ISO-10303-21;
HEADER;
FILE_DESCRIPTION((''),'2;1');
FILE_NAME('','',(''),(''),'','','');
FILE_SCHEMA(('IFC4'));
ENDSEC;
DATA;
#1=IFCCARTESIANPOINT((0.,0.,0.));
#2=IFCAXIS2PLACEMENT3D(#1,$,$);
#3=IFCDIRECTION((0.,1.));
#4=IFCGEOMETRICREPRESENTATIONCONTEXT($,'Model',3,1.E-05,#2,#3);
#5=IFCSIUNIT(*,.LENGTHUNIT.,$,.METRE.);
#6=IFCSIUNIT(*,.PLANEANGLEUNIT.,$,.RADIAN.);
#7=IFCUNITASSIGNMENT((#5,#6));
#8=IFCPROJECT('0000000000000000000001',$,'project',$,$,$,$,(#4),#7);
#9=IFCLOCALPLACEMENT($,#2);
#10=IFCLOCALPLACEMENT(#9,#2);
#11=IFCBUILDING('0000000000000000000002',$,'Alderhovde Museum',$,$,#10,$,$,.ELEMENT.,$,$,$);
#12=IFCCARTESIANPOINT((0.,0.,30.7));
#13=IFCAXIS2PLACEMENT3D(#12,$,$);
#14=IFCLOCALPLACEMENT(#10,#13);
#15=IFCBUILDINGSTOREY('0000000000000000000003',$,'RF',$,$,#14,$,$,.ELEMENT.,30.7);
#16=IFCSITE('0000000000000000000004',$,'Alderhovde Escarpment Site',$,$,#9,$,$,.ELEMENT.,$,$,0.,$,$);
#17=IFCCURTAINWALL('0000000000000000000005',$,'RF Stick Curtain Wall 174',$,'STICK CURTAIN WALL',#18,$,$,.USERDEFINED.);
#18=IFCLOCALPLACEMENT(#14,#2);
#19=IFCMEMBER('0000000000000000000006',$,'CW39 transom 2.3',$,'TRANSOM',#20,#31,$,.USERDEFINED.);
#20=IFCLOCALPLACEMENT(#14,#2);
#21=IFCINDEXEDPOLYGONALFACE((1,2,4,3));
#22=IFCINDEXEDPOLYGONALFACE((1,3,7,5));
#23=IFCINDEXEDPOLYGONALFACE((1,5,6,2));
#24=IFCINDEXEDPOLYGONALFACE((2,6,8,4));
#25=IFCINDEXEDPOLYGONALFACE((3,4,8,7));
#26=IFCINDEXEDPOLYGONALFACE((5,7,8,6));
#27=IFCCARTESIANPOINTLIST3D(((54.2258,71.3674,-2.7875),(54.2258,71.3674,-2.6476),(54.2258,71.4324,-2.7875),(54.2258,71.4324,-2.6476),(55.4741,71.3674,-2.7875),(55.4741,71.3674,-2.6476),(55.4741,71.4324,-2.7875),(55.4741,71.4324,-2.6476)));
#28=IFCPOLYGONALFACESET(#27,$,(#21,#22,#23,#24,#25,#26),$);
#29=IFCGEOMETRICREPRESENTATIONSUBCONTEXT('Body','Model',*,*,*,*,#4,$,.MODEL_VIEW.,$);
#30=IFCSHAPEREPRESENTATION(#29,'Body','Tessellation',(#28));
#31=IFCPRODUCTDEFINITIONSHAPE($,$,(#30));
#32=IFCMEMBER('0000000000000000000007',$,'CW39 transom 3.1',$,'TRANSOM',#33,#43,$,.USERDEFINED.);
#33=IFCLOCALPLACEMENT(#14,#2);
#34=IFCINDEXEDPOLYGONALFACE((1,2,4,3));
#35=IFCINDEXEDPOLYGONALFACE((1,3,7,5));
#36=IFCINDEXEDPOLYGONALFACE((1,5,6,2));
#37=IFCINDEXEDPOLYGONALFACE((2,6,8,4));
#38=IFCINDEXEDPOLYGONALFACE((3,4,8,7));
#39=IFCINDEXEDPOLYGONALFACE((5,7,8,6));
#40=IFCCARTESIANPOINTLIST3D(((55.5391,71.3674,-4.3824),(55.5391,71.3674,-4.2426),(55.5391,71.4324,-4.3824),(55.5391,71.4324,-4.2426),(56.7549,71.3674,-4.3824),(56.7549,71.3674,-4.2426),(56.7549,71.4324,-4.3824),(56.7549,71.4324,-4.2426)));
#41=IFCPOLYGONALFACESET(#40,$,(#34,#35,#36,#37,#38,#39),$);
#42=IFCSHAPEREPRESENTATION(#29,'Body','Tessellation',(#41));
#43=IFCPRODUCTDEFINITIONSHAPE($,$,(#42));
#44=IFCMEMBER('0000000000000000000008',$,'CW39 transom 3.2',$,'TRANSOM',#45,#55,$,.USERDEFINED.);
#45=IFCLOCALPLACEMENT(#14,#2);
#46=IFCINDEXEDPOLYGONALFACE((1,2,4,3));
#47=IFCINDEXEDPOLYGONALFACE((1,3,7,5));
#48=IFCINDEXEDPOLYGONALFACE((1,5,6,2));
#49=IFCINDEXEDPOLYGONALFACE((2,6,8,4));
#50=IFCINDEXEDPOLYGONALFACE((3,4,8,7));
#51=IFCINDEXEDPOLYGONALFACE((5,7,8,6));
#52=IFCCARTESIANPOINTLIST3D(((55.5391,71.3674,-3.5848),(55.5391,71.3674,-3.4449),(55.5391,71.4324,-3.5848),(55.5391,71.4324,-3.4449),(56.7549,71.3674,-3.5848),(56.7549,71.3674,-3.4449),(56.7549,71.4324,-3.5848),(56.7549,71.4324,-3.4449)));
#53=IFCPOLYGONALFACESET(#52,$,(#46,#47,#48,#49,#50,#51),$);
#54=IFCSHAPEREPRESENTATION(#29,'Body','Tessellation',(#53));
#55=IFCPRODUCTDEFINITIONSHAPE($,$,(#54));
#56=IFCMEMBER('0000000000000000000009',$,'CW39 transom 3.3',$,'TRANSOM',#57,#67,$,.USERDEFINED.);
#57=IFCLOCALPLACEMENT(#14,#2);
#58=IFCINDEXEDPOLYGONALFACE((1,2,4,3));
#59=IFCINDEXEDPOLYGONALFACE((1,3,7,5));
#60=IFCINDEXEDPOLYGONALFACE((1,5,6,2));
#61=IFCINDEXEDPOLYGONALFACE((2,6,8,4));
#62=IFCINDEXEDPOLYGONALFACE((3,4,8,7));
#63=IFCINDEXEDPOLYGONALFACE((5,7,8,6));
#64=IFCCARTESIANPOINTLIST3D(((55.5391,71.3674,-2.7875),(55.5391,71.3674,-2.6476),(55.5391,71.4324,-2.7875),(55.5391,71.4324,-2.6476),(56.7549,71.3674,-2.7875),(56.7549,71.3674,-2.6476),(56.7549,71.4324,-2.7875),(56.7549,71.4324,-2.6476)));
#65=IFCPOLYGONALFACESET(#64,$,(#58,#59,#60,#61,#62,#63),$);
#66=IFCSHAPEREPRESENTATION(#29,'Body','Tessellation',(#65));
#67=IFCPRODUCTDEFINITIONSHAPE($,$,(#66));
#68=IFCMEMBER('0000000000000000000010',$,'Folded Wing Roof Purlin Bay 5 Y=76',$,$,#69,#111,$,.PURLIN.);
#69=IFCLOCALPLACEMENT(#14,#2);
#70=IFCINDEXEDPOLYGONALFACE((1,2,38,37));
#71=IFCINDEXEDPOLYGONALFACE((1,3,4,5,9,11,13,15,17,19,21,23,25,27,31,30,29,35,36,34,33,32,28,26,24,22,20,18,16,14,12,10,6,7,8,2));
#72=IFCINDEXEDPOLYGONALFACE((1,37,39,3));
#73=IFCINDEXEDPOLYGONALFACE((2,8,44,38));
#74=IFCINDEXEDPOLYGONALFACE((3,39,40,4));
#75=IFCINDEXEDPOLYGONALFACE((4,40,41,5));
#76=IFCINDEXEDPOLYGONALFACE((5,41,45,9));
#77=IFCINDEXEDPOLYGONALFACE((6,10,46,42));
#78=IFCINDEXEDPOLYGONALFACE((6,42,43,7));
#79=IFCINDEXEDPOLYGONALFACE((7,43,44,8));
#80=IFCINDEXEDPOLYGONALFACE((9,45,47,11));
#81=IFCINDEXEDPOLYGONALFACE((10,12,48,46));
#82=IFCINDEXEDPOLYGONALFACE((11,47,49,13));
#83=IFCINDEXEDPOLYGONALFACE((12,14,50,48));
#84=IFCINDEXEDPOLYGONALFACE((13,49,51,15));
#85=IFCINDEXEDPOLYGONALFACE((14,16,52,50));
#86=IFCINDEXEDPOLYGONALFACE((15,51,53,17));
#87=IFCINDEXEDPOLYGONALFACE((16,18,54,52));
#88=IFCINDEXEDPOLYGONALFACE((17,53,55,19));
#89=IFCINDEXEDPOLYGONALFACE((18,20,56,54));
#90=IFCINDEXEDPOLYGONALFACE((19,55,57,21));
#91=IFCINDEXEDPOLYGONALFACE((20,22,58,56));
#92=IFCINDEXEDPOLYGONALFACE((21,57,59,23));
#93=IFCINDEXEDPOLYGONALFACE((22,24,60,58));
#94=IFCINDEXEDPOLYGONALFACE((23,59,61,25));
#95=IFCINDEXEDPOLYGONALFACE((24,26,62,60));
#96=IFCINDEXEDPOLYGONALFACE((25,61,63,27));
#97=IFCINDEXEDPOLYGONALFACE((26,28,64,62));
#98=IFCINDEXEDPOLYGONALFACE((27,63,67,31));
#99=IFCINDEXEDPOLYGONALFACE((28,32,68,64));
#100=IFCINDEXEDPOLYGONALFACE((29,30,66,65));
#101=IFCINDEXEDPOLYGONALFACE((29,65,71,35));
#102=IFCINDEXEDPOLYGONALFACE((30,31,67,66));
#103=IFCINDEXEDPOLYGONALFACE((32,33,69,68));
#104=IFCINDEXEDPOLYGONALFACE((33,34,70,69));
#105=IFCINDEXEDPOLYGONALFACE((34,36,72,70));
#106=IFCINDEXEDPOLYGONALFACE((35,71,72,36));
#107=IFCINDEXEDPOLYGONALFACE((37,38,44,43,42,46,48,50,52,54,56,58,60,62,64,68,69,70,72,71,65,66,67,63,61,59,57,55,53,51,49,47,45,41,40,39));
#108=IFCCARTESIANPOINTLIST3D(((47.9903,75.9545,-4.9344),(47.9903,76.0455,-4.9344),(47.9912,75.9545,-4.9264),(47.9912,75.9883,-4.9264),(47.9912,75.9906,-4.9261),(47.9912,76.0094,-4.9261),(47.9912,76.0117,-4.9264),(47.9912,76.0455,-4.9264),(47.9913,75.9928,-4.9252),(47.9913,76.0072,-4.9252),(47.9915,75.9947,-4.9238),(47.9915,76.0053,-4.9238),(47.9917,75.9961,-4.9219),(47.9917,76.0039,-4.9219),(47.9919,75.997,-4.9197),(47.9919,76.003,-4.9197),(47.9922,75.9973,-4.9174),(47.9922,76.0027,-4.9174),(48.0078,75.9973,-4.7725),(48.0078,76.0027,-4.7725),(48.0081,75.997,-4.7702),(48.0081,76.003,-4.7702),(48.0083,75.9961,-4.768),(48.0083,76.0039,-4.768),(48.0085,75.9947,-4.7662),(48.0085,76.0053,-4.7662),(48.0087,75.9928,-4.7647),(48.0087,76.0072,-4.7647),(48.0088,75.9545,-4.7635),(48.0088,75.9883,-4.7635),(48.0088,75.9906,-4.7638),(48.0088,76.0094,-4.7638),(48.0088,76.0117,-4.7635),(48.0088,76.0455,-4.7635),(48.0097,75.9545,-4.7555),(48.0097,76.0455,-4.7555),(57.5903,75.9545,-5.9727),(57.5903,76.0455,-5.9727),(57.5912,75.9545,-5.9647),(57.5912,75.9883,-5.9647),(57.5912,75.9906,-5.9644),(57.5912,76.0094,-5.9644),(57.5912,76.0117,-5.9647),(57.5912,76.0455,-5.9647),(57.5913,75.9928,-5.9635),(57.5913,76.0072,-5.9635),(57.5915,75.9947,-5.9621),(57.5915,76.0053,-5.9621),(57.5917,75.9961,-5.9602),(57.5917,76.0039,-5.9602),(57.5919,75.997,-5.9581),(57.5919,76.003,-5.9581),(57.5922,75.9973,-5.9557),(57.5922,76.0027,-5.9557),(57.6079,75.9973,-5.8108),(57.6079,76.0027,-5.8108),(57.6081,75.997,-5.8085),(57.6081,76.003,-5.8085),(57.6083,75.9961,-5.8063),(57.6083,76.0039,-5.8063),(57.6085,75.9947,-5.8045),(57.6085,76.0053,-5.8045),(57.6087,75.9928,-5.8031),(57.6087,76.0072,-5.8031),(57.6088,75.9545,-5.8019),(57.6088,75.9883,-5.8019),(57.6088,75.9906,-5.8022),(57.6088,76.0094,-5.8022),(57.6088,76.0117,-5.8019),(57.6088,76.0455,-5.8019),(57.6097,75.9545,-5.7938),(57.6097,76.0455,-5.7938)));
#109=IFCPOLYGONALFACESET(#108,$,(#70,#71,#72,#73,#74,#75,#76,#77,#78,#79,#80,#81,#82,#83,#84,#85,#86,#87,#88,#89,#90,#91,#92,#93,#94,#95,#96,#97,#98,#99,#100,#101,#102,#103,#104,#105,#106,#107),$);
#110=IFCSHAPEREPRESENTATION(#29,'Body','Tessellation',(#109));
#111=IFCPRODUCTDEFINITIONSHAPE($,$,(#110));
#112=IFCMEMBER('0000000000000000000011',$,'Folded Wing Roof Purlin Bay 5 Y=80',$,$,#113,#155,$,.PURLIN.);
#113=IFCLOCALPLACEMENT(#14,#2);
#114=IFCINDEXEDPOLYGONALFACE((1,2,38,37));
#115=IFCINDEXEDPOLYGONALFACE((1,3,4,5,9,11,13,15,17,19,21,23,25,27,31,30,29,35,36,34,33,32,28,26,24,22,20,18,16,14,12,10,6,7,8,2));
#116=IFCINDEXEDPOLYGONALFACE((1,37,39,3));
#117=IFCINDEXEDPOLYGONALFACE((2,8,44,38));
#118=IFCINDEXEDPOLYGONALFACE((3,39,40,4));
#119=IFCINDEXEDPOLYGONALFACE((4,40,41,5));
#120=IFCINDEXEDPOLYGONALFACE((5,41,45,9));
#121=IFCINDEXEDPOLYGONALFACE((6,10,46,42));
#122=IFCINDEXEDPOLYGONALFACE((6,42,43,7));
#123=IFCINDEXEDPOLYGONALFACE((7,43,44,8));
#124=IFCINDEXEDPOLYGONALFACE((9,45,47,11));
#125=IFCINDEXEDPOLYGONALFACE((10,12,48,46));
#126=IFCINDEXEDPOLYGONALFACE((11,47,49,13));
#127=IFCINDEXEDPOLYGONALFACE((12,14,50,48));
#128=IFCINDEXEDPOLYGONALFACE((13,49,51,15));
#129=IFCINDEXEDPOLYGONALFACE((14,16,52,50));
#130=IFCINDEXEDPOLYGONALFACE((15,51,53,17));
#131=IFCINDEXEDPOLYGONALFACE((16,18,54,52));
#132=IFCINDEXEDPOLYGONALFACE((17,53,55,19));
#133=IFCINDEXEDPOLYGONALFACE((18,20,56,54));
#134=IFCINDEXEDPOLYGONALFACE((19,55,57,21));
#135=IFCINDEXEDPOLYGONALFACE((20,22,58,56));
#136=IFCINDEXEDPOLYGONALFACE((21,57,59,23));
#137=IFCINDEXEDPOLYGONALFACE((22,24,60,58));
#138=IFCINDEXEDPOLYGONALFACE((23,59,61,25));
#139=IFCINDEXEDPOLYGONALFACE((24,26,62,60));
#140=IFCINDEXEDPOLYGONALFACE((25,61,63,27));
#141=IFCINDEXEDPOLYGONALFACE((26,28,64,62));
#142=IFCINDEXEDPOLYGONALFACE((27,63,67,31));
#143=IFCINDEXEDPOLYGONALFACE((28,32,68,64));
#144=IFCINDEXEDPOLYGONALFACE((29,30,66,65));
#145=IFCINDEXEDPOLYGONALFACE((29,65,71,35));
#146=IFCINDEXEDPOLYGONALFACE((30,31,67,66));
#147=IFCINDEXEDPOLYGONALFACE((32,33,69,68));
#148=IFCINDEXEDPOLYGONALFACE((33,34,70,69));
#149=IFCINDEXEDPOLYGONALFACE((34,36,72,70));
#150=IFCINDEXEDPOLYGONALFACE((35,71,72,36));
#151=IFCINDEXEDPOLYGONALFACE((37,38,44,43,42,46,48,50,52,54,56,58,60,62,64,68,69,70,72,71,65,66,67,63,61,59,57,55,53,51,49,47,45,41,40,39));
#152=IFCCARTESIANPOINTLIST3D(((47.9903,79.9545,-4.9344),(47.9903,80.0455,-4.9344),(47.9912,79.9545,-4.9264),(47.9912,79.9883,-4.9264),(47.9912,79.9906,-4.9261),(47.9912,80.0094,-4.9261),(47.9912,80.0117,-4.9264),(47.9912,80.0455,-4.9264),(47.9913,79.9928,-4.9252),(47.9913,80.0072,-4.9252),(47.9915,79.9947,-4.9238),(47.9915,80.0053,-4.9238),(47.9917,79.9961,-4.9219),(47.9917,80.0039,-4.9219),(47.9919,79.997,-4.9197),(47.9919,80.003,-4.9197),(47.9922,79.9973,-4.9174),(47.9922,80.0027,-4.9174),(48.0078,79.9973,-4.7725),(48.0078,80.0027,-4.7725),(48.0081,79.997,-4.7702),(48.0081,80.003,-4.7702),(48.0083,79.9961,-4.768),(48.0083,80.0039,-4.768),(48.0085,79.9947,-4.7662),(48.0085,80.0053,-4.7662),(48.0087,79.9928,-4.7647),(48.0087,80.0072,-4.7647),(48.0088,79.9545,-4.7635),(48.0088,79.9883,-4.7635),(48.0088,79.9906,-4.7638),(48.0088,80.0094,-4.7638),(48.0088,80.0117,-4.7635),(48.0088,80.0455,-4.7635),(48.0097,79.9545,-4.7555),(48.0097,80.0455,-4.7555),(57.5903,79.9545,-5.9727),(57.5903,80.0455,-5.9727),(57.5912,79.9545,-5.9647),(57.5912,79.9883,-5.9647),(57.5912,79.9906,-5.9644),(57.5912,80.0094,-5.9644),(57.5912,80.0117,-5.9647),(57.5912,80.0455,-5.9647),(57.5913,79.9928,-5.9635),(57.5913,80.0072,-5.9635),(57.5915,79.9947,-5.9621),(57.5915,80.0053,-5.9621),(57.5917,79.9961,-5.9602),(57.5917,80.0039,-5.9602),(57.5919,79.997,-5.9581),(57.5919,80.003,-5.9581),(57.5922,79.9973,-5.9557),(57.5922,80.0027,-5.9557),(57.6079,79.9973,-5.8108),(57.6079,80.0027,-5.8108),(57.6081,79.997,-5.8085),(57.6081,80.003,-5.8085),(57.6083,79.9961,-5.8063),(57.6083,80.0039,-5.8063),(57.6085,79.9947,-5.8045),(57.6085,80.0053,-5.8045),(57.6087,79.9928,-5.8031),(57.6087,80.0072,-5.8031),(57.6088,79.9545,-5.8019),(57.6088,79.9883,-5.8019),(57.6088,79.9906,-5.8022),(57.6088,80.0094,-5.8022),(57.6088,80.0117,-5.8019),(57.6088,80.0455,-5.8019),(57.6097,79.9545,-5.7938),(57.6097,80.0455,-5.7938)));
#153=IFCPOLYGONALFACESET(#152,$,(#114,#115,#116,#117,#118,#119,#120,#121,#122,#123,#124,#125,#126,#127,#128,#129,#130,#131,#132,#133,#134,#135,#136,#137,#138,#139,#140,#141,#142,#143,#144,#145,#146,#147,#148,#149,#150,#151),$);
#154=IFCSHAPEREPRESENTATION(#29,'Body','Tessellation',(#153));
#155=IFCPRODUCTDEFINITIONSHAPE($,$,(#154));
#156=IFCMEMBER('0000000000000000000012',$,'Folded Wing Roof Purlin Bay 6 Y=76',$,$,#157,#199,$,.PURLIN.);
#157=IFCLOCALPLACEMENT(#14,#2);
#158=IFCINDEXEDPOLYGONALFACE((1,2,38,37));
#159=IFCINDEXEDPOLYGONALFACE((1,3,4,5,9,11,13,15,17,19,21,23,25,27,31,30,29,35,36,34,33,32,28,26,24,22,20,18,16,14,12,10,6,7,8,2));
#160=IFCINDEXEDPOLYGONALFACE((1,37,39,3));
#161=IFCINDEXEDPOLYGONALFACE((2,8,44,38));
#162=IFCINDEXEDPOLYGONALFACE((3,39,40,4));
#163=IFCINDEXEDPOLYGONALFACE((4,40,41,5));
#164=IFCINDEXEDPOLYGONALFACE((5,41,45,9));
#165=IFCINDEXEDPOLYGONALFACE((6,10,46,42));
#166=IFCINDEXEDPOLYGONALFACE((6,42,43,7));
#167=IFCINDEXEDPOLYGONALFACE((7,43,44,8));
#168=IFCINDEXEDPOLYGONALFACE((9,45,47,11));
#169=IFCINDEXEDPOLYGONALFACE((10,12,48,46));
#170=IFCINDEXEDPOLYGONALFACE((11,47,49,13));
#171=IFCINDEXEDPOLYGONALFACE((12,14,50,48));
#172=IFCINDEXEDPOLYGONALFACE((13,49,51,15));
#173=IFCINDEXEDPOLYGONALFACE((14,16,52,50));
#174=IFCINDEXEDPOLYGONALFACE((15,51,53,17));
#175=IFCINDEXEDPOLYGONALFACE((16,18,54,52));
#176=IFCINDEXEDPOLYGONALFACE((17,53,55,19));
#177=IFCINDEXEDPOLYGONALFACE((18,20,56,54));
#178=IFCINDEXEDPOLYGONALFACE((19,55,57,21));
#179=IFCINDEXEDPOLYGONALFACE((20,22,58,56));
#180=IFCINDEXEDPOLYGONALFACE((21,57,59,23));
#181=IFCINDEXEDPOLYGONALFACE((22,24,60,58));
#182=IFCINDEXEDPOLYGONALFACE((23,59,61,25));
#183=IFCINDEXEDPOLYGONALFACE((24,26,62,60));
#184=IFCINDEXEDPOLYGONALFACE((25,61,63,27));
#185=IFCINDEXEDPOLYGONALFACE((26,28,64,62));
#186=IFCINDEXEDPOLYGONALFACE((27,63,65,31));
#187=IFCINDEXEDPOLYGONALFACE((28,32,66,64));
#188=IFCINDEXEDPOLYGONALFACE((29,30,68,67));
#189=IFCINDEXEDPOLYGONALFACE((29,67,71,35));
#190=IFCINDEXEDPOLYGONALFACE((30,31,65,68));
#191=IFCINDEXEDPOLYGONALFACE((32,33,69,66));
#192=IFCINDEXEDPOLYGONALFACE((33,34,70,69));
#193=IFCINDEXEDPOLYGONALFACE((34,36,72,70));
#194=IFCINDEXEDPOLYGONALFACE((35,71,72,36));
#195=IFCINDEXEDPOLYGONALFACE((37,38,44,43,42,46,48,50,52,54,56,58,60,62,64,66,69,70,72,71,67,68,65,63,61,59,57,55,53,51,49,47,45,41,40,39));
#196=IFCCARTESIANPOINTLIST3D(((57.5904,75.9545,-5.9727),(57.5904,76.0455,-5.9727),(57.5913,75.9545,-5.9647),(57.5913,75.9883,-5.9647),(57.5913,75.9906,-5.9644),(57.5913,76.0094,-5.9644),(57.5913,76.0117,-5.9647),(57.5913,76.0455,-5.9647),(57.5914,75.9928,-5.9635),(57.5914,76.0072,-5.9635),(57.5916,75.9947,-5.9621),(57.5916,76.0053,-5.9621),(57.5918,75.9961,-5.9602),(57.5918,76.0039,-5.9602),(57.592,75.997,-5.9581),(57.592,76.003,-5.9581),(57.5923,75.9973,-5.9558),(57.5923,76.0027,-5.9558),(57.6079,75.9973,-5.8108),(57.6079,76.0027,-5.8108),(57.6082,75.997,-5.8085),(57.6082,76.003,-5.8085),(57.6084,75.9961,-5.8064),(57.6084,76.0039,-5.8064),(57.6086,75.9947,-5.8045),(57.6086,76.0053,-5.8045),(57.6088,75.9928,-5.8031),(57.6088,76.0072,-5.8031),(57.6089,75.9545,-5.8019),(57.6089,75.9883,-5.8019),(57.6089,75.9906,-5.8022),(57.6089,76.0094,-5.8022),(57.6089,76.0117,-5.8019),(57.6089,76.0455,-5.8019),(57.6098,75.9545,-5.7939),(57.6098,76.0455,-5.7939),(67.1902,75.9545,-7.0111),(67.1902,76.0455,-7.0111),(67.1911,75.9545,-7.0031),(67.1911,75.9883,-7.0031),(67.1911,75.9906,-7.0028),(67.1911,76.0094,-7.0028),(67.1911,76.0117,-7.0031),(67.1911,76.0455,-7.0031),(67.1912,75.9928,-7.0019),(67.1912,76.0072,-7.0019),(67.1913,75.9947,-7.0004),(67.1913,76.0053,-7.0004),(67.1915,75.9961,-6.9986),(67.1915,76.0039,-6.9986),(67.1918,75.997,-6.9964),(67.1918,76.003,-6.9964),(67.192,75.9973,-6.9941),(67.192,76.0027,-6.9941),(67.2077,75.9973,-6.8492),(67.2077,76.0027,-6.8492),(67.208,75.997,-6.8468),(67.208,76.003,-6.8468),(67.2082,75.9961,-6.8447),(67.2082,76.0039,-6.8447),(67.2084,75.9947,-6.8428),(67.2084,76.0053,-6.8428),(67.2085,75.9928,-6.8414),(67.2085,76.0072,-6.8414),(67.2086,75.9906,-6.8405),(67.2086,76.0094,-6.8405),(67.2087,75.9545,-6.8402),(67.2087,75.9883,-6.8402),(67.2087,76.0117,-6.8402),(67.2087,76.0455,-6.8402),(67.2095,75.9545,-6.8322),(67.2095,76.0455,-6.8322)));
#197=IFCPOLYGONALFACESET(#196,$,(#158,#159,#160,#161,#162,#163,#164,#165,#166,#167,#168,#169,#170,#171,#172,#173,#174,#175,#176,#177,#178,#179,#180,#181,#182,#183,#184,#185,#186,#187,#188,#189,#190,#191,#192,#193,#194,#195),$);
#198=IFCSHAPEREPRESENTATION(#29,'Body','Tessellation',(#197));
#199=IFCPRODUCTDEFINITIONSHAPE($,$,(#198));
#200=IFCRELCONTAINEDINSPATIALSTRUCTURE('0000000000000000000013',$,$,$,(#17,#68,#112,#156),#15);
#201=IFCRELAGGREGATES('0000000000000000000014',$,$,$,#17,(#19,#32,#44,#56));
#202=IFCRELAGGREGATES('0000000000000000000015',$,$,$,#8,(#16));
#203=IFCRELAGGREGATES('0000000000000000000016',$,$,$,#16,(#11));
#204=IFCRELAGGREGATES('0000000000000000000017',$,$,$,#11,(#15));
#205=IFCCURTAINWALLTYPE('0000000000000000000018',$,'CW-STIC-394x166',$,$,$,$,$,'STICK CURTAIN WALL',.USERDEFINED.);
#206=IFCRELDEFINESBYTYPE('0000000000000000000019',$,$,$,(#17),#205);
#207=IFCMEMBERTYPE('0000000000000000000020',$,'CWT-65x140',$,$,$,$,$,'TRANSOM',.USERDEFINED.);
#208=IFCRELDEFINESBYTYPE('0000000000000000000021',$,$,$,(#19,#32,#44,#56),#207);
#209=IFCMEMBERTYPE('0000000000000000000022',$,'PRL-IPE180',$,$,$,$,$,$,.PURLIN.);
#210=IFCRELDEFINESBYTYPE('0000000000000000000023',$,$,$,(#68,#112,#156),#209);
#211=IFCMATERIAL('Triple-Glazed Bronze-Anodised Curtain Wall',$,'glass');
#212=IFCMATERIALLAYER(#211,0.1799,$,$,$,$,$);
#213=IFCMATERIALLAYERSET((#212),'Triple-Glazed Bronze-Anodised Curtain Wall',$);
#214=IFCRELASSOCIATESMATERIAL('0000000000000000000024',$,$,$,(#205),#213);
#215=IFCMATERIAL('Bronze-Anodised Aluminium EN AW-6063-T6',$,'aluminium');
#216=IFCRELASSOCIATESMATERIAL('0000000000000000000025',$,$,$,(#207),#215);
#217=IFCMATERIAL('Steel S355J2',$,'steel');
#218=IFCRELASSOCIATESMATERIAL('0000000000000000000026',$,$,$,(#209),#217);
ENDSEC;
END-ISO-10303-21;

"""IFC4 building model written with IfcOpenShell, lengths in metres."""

from ifc_helpers import new_model, si_unit, direction, frame, origin, origin_2d, place, context, subcontext, project, spatial, rectangle, i_section, extrude, material, layer, layer_set, material_profile, profile_set, type_object, element, aggregate, save


model = new_model("IFC4")

# Units and contexts
model_context = context("Model", 3, precision=1e-05, world=origin(), true_north=direction((0.0, 1.0)))
body_context = subcontext(model_context, "Body", "Model", "MODEL_VIEW")
ifc_project = project(units=[si_unit("LENGTHUNIT", "METRE"), si_unit("PLANEANGLEUNIT", "RADIAN")], contexts=[model_context])

# Site, building, storey
site_placement = place(None, origin())
site = spatial("IfcSite", under=ifc_project, at=site_placement, Name="Alderhovde Escarpment Site", CompositionType="ELEMENT", RefElevation=0.0)
building_placement = place(site_placement, origin())
building = spatial("IfcBuilding", under=site, at=building_placement, Name="Alderhovde Museum", CompositionType="ELEMENT")
storey_placement = place(building_placement, frame((0.0, 0.0, 30.7)))
storey = spatial("IfcBuildingStorey", under=building, at=storey_placement, Name="RF", CompositionType="ELEMENT", Elevation=30.7)

# Shared definitions
ifc_material_1 = material(Name="Triple-Glazed Bronze-Anodised Curtain Wall", Category="glass")
ifc_layer_1 = layer(ifc_material_1, 0.1799)
ifc_layer_set_1 = layer_set([ifc_layer_1], Name="Triple-Glazed Bronze-Anodised Curtain Wall")
curtain_wall_type = type_object("IfcCurtainWallType", Name="CW-STIC-394x166", ElementType="STICK CURTAIN WALL", PredefinedType="USERDEFINED", material=ifc_layer_set_1)

# Curtain wall
curtain_wall_1_placement = place(storey_placement, origin())
curtain_wall_1 = element("IfcCurtainWall", 1, at=curtain_wall_1_placement, inside=storey, type_object=curtain_wall_type, Name="RF Stick Curtain Wall 174", ObjectType="STICK CURTAIN WALL", PredefinedType="USERDEFINED")

# Members
ifc_material_2 = material(Name="Bronze-Anodised Aluminium EN AW-6063-T6", Category="aluminium")
ifc_material_profile_1 = material_profile(ifc_material_2, rectangle(XDim=0.0649, YDim=0.1399, at=origin_2d()), Name="TRANSOM 65x140")
ifc_profile_set_1 = profile_set([ifc_material_profile_1], Name="Bronze-Anodised Aluminium EN AW-6063-T6")
member_type_1 = type_object("IfcMemberType", Name="CWT-65x140", ElementType="TRANSOM", PredefinedType="USERDEFINED", material=ifc_profile_set_1)
member_1_placement = place(storey_placement, frame((54.2258, 71.3999, -2.7175), z_axis=(1.0, 0.0, 0.0), x_axis=(0.0, 1.0, 0.0)))
member_1 = element("IfcMember", 2, at=member_1_placement, type_object=member_type_1, Name="CW39 transom 2.3", ObjectType="TRANSOM", PredefinedType="USERDEFINED", context=body_context, shape_type="SweptSolid", body=[
    extrude(rectangle(XDim=0.0649, YDim=0.1399, at=origin_2d()), origin(), (0.0, 0.0, 1.0), 1.2483),
])
member_2_placement = place(storey_placement, frame((55.5391, 71.3999, -4.3125), z_axis=(1.0, 0.0, 0.0), x_axis=(0.0, 1.0, 0.0)))
member_2 = element("IfcMember", 3, at=member_2_placement, type_object=member_type_1, Name="CW39 transom 3.1", ObjectType="TRANSOM", PredefinedType="USERDEFINED", context=body_context, shape_type="SweptSolid", body=[
    extrude(rectangle(XDim=0.0649, YDim=0.1399, at=origin_2d()), origin(), (0.0, 0.0, 1.0), 1.2158),
])
member_3_placement = place(storey_placement, frame((55.5391, 71.3999, -3.5149), z_axis=(1.0, 0.0, 0.0), x_axis=(0.0, 1.0, 0.0)))
member_3 = element("IfcMember", 4, at=member_3_placement, type_object=member_type_1, Name="CW39 transom 3.2", ObjectType="TRANSOM", PredefinedType="USERDEFINED", context=body_context, shape_type="SweptSolid", body=[
    extrude(rectangle(XDim=0.0649, YDim=0.1399, at=origin_2d()), origin(), (0.0, 0.0, 1.0), 1.2158),
])
member_4_placement = place(storey_placement, frame((55.5391, 71.3999, -2.7175), z_axis=(1.0, 0.0, 0.0), x_axis=(0.0, 1.0, 0.0)))
member_4 = element("IfcMember", 5, at=member_4_placement, type_object=member_type_1, Name="CW39 transom 3.3", ObjectType="TRANSOM", PredefinedType="USERDEFINED", context=body_context, shape_type="SweptSolid", body=[
    extrude(rectangle(XDim=0.0649, YDim=0.1399, at=origin_2d()), origin(), (0.0, 0.0, 1.0), 1.2158),
])

# Members
ifc_material_3 = material(Name="Steel S355J2", Category="steel")
ifc_material_profile_2 = material_profile(ifc_material_3, i_section(OverallWidth=0.0911, OverallDepth=0.1799, WebThickness=0.0054, FlangeThickness=0.0081, FilletRadius=0.009, at=origin_2d()), Name="IPE 180")
ifc_profile_set_2 = profile_set([ifc_material_profile_2], Name="Steel S355J2")
member_type_2 = type_object("IfcMemberType", Name="PRL-IPE180", PredefinedType="PURLIN", material=ifc_profile_set_2)
for number, where, z_axis, x_axis, name in (
    (6, (48.0, 76.0, -4.845), (0.994202, 0.0, -0.107531), (0.0, 1.0, 0.0), "Folded Wing Roof Purlin Bay 5 Y=76"),
    (7, (48.0, 80.0, -4.845), (0.994202, 0.0, -0.107531), (0.0, 1.0, 0.0), "Folded Wing Roof Purlin Bay 5 Y=80"),
):
    element("IfcMember", number, at=place(storey_placement, frame(where, z_axis=z_axis, x_axis=x_axis)), inside=storey, type_object=member_type_2, Name=name, PredefinedType="PURLIN", context=body_context, shape_type="SweptSolid", body=[
        extrude(i_section(OverallWidth=0.0911, OverallDepth=0.1799, WebThickness=0.0054, FlangeThickness=0.0081, FilletRadius=0.009, at=origin_2d()), origin(), (0.0, 0.0, 1.0), 9.656),
    ])
member_5_placement = place(storey_placement, frame((57.6001, 76.0, -5.8833), z_axis=(0.994201, 0.0, -0.107534), x_axis=(0.0, 1.0, 0.0)))
element("IfcMember", 8, at=member_5_placement, inside=storey, type_object=member_type_2, Name="Folded Wing Roof Purlin Bay 6 Y=76", PredefinedType="PURLIN", context=body_context, shape_type="SweptSolid", body=[
    extrude(i_section(OverallWidth=0.0911, OverallDepth=0.1799, WebThickness=0.0054, FlangeThickness=0.0081, FilletRadius=0.009, at=origin_2d()), origin(), (0.0, 0.0, 1.0), 9.6558),
])

aggregate(curtain_wall_1, [member_1, member_2, member_3, member_4])

save(model, "model.ifc")
